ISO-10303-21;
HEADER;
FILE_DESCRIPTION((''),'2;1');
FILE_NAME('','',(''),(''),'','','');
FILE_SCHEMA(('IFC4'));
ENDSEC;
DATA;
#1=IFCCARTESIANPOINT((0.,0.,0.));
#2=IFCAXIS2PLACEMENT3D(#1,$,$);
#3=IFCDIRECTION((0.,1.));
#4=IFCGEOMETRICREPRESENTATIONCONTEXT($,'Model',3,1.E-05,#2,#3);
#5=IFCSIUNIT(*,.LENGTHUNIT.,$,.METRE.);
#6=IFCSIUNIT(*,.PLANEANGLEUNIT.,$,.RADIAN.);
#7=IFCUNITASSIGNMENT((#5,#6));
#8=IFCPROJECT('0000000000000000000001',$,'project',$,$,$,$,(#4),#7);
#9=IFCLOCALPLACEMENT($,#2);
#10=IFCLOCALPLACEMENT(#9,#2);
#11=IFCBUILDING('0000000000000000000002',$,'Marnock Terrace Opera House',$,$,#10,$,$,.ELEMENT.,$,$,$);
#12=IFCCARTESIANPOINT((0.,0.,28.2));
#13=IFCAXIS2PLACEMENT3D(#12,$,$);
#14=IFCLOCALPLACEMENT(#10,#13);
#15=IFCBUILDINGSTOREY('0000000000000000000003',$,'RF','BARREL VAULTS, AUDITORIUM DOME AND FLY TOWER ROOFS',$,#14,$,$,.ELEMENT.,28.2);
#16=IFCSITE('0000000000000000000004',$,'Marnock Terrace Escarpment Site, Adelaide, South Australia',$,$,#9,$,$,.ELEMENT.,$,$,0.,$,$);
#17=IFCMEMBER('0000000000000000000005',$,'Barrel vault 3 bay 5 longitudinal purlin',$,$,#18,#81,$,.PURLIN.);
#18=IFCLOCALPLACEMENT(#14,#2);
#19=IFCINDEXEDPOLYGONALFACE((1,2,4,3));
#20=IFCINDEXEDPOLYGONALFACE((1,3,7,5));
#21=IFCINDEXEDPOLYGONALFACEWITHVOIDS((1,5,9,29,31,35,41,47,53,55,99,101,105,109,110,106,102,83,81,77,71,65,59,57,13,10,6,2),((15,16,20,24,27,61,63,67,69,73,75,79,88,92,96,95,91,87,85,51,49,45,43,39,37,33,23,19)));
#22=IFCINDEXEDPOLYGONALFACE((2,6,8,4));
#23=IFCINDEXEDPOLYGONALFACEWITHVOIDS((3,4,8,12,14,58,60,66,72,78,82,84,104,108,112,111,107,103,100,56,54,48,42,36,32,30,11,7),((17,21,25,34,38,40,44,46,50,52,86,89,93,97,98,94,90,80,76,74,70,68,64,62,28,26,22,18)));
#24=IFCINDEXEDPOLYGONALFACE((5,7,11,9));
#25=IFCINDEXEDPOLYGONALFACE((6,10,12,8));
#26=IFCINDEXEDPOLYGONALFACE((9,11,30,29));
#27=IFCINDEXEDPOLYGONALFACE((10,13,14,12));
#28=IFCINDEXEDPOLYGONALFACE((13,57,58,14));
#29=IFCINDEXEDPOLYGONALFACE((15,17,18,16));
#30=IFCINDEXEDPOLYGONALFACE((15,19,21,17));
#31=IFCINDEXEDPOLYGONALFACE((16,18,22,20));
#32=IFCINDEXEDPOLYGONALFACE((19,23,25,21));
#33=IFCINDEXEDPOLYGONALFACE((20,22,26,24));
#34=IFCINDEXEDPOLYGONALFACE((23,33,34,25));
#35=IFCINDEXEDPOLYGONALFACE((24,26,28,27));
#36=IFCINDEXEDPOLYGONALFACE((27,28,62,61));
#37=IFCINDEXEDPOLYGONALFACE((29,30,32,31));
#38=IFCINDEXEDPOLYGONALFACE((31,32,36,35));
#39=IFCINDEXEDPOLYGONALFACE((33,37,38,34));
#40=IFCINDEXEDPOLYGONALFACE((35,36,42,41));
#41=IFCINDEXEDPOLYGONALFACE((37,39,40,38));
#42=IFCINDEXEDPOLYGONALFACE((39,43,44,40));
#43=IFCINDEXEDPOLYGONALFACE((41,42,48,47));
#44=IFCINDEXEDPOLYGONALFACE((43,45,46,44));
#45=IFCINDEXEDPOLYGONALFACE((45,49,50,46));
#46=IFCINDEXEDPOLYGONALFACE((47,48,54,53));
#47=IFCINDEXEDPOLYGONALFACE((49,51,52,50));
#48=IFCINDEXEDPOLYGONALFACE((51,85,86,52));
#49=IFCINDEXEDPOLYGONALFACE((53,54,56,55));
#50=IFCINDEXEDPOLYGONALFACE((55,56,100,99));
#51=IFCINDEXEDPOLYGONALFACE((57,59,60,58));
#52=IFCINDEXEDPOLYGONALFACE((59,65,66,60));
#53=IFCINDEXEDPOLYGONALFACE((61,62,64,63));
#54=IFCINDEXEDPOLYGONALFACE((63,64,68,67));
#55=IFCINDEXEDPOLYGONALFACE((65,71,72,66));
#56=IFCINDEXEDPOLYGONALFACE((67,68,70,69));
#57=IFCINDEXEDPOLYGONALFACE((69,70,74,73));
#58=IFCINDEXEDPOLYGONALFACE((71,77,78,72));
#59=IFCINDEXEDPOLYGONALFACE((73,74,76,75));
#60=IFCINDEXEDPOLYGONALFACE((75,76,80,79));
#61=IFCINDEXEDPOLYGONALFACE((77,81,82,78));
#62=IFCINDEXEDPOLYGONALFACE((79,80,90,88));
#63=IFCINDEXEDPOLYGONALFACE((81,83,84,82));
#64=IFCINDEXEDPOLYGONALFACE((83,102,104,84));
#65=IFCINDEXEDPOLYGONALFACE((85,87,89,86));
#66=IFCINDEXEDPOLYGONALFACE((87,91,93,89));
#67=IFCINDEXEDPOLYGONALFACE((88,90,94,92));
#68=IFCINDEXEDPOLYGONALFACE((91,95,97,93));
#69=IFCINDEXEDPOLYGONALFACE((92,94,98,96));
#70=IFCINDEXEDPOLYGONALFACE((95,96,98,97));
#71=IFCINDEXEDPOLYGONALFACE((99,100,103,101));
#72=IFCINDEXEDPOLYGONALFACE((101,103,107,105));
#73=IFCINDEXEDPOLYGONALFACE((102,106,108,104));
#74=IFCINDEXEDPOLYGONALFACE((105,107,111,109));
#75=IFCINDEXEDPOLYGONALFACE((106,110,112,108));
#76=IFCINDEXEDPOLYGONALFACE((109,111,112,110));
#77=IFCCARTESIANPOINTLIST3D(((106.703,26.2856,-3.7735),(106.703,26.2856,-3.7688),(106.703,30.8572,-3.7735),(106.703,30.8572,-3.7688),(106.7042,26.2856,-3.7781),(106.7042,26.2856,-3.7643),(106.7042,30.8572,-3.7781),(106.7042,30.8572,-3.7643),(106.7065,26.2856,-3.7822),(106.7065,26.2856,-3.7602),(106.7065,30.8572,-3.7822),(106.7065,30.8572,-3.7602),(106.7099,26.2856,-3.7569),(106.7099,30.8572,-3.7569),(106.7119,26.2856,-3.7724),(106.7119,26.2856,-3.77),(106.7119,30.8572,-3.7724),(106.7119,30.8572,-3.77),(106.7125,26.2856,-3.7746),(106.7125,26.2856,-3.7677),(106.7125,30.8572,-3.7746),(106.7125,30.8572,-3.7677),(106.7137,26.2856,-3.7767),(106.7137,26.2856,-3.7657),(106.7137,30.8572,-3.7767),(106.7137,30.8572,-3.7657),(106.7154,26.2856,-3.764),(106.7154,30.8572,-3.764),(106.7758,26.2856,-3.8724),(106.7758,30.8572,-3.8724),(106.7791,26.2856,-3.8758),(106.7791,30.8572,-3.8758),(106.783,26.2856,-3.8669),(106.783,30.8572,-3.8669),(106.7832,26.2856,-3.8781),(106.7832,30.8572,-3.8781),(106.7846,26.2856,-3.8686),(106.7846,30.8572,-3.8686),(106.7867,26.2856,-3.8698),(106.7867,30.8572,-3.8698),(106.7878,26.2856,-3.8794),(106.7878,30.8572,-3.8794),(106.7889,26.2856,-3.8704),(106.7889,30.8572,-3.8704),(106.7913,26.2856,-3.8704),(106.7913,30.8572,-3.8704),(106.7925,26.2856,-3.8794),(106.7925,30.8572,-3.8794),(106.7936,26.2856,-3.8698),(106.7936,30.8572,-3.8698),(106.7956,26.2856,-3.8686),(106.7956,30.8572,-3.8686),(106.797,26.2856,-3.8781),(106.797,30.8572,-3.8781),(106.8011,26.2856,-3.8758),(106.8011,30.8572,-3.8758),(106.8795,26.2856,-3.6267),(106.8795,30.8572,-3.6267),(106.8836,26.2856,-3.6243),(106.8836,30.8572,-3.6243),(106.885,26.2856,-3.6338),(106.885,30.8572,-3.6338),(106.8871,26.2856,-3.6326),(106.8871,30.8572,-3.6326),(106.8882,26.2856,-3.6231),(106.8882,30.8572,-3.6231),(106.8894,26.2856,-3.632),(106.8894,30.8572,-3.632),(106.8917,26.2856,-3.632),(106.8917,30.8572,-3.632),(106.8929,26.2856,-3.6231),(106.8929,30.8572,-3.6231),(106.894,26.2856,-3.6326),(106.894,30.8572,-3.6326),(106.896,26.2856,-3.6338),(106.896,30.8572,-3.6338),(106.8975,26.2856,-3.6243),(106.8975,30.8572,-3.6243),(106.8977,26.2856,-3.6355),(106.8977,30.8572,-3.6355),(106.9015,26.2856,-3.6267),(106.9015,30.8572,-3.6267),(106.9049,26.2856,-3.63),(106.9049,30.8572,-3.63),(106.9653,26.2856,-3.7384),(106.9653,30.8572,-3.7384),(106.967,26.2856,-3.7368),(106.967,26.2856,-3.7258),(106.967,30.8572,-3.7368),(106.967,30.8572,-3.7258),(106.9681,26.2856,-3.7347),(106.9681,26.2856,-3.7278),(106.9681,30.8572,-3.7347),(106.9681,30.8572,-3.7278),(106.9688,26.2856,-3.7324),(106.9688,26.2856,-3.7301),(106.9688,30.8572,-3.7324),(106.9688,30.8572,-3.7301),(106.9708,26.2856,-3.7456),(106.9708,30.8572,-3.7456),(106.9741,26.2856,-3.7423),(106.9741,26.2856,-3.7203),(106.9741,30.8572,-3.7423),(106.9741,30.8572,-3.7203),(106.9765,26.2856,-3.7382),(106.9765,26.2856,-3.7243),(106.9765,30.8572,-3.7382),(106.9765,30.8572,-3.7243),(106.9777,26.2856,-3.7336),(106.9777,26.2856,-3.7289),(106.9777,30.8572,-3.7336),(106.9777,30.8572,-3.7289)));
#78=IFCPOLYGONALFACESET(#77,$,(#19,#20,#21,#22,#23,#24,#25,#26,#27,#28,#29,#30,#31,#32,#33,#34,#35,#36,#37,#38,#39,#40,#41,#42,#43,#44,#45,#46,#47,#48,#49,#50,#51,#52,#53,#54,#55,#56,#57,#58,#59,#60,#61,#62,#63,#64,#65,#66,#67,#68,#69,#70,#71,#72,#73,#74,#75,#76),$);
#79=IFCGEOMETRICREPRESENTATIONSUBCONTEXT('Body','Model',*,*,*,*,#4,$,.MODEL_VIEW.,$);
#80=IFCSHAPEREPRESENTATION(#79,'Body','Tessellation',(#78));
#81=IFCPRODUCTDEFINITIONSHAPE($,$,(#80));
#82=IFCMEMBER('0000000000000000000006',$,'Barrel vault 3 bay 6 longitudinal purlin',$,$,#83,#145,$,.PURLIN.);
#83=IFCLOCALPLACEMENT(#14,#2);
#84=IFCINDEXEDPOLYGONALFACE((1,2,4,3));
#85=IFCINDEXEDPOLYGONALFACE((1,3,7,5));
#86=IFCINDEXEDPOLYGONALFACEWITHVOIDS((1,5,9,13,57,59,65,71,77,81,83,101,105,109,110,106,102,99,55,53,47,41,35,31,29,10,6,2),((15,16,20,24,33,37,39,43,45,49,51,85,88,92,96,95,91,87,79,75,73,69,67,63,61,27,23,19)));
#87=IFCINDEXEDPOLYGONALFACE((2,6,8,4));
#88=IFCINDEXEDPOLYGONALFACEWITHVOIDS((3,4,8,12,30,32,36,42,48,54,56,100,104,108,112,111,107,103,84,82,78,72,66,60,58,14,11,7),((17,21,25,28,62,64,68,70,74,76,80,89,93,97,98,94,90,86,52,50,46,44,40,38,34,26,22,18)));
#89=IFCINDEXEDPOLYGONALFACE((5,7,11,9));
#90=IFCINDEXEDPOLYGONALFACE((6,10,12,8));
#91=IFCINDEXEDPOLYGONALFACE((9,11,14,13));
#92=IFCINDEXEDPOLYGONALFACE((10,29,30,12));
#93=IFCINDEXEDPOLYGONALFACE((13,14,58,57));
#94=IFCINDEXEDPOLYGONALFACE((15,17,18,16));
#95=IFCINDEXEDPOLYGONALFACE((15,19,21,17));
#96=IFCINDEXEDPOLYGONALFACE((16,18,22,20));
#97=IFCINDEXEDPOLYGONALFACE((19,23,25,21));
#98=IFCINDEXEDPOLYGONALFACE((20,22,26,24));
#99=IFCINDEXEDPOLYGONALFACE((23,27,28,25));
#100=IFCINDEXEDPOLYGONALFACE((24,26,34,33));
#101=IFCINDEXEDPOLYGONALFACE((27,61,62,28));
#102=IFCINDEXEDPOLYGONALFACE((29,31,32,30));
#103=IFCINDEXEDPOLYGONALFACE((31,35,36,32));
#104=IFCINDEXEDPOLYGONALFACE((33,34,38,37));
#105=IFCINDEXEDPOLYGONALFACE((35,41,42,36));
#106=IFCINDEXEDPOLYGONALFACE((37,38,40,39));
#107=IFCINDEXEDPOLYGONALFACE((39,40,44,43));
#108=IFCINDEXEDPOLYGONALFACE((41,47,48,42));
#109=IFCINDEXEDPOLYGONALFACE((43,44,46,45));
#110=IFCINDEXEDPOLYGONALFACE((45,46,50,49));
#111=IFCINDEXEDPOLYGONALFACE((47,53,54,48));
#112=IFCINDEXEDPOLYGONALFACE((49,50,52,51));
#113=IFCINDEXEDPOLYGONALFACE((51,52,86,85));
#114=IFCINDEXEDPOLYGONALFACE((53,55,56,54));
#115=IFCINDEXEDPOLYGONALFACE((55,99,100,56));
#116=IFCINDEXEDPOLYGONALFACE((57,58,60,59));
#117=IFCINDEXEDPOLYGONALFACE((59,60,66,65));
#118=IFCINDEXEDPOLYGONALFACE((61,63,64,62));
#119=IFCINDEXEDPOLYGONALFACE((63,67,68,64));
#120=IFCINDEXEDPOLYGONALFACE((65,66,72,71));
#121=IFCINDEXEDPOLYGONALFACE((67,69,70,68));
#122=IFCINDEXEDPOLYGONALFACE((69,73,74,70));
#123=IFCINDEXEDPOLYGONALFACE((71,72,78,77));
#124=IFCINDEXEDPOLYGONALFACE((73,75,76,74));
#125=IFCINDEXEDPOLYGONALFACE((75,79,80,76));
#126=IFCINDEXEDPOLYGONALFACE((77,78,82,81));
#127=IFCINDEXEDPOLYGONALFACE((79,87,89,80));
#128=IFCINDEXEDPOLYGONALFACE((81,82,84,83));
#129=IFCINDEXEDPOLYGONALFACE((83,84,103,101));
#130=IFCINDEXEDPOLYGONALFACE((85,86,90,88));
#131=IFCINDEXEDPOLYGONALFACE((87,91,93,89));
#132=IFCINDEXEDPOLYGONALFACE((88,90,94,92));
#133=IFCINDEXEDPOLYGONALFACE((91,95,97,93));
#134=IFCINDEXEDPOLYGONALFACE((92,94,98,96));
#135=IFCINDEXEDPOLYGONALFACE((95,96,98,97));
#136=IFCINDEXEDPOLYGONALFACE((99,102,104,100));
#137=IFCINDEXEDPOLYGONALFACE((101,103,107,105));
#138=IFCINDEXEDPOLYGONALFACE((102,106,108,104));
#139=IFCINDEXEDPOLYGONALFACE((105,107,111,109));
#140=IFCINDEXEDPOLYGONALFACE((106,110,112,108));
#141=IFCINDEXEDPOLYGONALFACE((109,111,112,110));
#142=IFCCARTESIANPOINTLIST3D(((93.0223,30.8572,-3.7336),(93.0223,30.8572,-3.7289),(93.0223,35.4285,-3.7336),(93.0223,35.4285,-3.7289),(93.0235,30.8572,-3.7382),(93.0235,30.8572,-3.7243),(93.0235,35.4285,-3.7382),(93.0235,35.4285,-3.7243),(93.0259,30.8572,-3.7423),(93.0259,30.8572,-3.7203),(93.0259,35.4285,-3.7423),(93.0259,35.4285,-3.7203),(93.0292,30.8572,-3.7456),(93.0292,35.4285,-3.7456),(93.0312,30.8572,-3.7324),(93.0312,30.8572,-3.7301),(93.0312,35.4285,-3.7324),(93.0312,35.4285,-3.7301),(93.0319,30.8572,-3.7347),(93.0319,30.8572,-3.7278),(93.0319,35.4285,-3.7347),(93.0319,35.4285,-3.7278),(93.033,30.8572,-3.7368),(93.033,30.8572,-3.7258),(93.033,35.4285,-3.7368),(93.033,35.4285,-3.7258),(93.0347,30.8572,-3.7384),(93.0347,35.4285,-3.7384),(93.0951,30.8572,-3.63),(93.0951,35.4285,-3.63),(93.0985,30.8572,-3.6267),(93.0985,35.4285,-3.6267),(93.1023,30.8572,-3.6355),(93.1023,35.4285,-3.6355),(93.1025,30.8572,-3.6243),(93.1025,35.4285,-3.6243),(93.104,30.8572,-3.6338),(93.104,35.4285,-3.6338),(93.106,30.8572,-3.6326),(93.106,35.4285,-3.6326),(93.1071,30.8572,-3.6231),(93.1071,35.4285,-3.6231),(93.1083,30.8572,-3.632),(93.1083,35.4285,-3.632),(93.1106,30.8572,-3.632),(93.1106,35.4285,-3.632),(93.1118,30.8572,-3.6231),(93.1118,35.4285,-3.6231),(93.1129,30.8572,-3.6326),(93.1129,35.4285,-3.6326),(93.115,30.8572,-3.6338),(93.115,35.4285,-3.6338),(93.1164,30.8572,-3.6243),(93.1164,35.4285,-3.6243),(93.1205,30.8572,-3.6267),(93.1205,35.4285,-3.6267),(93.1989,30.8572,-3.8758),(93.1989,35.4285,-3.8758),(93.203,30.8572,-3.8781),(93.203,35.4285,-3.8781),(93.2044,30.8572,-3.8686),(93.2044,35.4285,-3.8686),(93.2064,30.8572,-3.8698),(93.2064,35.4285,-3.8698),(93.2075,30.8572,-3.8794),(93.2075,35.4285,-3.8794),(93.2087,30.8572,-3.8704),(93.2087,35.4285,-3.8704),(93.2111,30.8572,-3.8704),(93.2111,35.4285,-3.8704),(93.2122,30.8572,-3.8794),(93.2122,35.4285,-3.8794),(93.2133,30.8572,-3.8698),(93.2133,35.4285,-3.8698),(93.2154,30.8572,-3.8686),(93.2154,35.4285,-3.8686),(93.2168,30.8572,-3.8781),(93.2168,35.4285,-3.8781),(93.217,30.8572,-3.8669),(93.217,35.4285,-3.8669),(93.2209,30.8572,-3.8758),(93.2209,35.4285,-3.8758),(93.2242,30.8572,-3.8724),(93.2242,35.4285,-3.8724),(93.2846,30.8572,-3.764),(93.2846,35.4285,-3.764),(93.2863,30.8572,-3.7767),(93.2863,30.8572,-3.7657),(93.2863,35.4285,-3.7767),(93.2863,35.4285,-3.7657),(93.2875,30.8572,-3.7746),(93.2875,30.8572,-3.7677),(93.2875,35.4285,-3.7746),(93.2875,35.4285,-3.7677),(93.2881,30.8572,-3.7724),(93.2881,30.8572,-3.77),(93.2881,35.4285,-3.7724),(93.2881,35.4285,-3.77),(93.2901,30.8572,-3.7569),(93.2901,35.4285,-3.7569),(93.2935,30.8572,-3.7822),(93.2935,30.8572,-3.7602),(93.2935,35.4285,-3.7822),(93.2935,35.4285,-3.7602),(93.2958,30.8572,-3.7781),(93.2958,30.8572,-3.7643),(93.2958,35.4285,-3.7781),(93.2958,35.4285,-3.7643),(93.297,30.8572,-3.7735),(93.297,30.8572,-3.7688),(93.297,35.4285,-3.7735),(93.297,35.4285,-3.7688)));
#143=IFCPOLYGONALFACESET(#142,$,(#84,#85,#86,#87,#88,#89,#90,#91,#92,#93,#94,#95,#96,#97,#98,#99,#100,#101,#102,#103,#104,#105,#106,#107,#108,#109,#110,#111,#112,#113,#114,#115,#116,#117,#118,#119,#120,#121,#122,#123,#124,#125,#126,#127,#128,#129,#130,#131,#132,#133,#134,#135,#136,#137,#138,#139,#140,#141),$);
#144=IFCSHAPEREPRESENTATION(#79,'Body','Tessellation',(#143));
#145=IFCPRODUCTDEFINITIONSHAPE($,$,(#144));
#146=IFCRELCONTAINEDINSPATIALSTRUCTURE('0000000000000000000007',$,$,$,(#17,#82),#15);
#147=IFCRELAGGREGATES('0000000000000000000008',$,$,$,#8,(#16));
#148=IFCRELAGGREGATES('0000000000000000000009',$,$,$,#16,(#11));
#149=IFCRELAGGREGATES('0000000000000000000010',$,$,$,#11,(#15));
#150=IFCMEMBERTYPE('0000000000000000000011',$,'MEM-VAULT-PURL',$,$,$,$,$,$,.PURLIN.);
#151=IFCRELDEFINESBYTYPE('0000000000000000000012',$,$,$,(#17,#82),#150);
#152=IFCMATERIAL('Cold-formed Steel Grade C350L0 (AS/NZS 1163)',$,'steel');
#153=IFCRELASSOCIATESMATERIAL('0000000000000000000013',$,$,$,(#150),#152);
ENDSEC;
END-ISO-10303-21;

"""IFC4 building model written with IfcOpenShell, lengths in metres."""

from ifc_helpers import new_model, si_unit, direction, frame, origin, origin_2d, place, context, subcontext, project, spatial, hollow_rectangle, extrude, material, material_profile, profile_set, type_object, element, save


model = new_model("IFC4")

# Units and contexts
model_context = context("Model", 3, precision=1e-05, world=origin(), true_north=direction((0.0, 1.0)))
body_context = subcontext(model_context, "Body", "Model", "MODEL_VIEW")
ifc_project = project(units=[si_unit("LENGTHUNIT", "METRE"), si_unit("PLANEANGLEUNIT", "RADIAN")], contexts=[model_context])

# Site, building, storey
site_placement = place(None, origin())
site = spatial("IfcSite", under=ifc_project, at=site_placement, Name="Marnock Terrace Escarpment Site, Adelaide, South Australia", CompositionType="ELEMENT", RefElevation=0.0)
building_placement = place(site_placement, origin())
building = spatial("IfcBuilding", under=site, at=building_placement, Name="Marnock Terrace Opera House", CompositionType="ELEMENT")
storey_placement = place(building_placement, frame((0.0, 0.0, 28.2)))
storey = spatial("IfcBuildingStorey", under=building, at=storey_placement, Name="RF", Description="BARREL VAULTS, AUDITORIUM DOME AND FLY TOWER ROOFS", CompositionType="ELEMENT", Elevation=28.2)

# Members
ifc_material = material(Name="Cold-formed Steel Grade C350L0 (AS/NZS 1163)", Category="steel")
ifc_material_profile_1 = material_profile(ifc_material, hollow_rectangle(XDim=0.1499, YDim=0.25, WallThickness=0.009, InnerFilletRadius=0.009, OuterFilletRadius=0.0181, at=origin_2d()))
ifc_profile_set_1 = profile_set([ifc_material_profile_1], Name="Cold-formed Steel Grade C350L0 (AS/NZS 1163)")
member_type_1 = type_object("IfcMemberType", Name="MEM-VAULT-PURL", PredefinedType="PURLIN", material=ifc_profile_set_1)
for number, where, z_axis, x_axis, name in (
    (1, (106.8403, 26.2856, -3.7512), (0.0, 1.0, 0.0), (-0.608761, 0.0, 0.793353), "Barrel vault 3 bay 5 longitudinal purlin"),
):
    element("IfcMember", number, at=place(storey_placement, frame(where, z_axis=z_axis, x_axis=x_axis)), inside=storey, type_object=member_type_1, Name=name, PredefinedType="PURLIN", context=body_context, shape_type="SweptSolid", body=[
        extrude(hollow_rectangle(XDim=0.1499, YDim=0.25, WallThickness=0.009, InnerFilletRadius=0.009, OuterFilletRadius=0.0181, at=origin_2d()), origin(), (0.0, 0.0, 1.0), 4.5715),
    ])
for number, where, z_axis, x_axis, name in (
    (2, (93.1597, 30.8572, -3.7512), (0.0, 1.0, 0.0), (-0.608761, 0.0, -0.793353), "Barrel vault 3 bay 6 longitudinal purlin"),
):
    element("IfcMember", number, at=place(storey_placement, frame(where, z_axis=z_axis, x_axis=x_axis)), inside=storey, type_object=member_type_1, Name=name, PredefinedType="PURLIN", context=body_context, shape_type="SweptSolid", body=[
        extrude(hollow_rectangle(XDim=0.1499, YDim=0.25, WallThickness=0.009, InnerFilletRadius=0.009, OuterFilletRadius=0.0181, at=origin_2d()), origin(), (0.0, 0.0, 1.0), 4.5713),
    ])

save(model, "model.ifc")
